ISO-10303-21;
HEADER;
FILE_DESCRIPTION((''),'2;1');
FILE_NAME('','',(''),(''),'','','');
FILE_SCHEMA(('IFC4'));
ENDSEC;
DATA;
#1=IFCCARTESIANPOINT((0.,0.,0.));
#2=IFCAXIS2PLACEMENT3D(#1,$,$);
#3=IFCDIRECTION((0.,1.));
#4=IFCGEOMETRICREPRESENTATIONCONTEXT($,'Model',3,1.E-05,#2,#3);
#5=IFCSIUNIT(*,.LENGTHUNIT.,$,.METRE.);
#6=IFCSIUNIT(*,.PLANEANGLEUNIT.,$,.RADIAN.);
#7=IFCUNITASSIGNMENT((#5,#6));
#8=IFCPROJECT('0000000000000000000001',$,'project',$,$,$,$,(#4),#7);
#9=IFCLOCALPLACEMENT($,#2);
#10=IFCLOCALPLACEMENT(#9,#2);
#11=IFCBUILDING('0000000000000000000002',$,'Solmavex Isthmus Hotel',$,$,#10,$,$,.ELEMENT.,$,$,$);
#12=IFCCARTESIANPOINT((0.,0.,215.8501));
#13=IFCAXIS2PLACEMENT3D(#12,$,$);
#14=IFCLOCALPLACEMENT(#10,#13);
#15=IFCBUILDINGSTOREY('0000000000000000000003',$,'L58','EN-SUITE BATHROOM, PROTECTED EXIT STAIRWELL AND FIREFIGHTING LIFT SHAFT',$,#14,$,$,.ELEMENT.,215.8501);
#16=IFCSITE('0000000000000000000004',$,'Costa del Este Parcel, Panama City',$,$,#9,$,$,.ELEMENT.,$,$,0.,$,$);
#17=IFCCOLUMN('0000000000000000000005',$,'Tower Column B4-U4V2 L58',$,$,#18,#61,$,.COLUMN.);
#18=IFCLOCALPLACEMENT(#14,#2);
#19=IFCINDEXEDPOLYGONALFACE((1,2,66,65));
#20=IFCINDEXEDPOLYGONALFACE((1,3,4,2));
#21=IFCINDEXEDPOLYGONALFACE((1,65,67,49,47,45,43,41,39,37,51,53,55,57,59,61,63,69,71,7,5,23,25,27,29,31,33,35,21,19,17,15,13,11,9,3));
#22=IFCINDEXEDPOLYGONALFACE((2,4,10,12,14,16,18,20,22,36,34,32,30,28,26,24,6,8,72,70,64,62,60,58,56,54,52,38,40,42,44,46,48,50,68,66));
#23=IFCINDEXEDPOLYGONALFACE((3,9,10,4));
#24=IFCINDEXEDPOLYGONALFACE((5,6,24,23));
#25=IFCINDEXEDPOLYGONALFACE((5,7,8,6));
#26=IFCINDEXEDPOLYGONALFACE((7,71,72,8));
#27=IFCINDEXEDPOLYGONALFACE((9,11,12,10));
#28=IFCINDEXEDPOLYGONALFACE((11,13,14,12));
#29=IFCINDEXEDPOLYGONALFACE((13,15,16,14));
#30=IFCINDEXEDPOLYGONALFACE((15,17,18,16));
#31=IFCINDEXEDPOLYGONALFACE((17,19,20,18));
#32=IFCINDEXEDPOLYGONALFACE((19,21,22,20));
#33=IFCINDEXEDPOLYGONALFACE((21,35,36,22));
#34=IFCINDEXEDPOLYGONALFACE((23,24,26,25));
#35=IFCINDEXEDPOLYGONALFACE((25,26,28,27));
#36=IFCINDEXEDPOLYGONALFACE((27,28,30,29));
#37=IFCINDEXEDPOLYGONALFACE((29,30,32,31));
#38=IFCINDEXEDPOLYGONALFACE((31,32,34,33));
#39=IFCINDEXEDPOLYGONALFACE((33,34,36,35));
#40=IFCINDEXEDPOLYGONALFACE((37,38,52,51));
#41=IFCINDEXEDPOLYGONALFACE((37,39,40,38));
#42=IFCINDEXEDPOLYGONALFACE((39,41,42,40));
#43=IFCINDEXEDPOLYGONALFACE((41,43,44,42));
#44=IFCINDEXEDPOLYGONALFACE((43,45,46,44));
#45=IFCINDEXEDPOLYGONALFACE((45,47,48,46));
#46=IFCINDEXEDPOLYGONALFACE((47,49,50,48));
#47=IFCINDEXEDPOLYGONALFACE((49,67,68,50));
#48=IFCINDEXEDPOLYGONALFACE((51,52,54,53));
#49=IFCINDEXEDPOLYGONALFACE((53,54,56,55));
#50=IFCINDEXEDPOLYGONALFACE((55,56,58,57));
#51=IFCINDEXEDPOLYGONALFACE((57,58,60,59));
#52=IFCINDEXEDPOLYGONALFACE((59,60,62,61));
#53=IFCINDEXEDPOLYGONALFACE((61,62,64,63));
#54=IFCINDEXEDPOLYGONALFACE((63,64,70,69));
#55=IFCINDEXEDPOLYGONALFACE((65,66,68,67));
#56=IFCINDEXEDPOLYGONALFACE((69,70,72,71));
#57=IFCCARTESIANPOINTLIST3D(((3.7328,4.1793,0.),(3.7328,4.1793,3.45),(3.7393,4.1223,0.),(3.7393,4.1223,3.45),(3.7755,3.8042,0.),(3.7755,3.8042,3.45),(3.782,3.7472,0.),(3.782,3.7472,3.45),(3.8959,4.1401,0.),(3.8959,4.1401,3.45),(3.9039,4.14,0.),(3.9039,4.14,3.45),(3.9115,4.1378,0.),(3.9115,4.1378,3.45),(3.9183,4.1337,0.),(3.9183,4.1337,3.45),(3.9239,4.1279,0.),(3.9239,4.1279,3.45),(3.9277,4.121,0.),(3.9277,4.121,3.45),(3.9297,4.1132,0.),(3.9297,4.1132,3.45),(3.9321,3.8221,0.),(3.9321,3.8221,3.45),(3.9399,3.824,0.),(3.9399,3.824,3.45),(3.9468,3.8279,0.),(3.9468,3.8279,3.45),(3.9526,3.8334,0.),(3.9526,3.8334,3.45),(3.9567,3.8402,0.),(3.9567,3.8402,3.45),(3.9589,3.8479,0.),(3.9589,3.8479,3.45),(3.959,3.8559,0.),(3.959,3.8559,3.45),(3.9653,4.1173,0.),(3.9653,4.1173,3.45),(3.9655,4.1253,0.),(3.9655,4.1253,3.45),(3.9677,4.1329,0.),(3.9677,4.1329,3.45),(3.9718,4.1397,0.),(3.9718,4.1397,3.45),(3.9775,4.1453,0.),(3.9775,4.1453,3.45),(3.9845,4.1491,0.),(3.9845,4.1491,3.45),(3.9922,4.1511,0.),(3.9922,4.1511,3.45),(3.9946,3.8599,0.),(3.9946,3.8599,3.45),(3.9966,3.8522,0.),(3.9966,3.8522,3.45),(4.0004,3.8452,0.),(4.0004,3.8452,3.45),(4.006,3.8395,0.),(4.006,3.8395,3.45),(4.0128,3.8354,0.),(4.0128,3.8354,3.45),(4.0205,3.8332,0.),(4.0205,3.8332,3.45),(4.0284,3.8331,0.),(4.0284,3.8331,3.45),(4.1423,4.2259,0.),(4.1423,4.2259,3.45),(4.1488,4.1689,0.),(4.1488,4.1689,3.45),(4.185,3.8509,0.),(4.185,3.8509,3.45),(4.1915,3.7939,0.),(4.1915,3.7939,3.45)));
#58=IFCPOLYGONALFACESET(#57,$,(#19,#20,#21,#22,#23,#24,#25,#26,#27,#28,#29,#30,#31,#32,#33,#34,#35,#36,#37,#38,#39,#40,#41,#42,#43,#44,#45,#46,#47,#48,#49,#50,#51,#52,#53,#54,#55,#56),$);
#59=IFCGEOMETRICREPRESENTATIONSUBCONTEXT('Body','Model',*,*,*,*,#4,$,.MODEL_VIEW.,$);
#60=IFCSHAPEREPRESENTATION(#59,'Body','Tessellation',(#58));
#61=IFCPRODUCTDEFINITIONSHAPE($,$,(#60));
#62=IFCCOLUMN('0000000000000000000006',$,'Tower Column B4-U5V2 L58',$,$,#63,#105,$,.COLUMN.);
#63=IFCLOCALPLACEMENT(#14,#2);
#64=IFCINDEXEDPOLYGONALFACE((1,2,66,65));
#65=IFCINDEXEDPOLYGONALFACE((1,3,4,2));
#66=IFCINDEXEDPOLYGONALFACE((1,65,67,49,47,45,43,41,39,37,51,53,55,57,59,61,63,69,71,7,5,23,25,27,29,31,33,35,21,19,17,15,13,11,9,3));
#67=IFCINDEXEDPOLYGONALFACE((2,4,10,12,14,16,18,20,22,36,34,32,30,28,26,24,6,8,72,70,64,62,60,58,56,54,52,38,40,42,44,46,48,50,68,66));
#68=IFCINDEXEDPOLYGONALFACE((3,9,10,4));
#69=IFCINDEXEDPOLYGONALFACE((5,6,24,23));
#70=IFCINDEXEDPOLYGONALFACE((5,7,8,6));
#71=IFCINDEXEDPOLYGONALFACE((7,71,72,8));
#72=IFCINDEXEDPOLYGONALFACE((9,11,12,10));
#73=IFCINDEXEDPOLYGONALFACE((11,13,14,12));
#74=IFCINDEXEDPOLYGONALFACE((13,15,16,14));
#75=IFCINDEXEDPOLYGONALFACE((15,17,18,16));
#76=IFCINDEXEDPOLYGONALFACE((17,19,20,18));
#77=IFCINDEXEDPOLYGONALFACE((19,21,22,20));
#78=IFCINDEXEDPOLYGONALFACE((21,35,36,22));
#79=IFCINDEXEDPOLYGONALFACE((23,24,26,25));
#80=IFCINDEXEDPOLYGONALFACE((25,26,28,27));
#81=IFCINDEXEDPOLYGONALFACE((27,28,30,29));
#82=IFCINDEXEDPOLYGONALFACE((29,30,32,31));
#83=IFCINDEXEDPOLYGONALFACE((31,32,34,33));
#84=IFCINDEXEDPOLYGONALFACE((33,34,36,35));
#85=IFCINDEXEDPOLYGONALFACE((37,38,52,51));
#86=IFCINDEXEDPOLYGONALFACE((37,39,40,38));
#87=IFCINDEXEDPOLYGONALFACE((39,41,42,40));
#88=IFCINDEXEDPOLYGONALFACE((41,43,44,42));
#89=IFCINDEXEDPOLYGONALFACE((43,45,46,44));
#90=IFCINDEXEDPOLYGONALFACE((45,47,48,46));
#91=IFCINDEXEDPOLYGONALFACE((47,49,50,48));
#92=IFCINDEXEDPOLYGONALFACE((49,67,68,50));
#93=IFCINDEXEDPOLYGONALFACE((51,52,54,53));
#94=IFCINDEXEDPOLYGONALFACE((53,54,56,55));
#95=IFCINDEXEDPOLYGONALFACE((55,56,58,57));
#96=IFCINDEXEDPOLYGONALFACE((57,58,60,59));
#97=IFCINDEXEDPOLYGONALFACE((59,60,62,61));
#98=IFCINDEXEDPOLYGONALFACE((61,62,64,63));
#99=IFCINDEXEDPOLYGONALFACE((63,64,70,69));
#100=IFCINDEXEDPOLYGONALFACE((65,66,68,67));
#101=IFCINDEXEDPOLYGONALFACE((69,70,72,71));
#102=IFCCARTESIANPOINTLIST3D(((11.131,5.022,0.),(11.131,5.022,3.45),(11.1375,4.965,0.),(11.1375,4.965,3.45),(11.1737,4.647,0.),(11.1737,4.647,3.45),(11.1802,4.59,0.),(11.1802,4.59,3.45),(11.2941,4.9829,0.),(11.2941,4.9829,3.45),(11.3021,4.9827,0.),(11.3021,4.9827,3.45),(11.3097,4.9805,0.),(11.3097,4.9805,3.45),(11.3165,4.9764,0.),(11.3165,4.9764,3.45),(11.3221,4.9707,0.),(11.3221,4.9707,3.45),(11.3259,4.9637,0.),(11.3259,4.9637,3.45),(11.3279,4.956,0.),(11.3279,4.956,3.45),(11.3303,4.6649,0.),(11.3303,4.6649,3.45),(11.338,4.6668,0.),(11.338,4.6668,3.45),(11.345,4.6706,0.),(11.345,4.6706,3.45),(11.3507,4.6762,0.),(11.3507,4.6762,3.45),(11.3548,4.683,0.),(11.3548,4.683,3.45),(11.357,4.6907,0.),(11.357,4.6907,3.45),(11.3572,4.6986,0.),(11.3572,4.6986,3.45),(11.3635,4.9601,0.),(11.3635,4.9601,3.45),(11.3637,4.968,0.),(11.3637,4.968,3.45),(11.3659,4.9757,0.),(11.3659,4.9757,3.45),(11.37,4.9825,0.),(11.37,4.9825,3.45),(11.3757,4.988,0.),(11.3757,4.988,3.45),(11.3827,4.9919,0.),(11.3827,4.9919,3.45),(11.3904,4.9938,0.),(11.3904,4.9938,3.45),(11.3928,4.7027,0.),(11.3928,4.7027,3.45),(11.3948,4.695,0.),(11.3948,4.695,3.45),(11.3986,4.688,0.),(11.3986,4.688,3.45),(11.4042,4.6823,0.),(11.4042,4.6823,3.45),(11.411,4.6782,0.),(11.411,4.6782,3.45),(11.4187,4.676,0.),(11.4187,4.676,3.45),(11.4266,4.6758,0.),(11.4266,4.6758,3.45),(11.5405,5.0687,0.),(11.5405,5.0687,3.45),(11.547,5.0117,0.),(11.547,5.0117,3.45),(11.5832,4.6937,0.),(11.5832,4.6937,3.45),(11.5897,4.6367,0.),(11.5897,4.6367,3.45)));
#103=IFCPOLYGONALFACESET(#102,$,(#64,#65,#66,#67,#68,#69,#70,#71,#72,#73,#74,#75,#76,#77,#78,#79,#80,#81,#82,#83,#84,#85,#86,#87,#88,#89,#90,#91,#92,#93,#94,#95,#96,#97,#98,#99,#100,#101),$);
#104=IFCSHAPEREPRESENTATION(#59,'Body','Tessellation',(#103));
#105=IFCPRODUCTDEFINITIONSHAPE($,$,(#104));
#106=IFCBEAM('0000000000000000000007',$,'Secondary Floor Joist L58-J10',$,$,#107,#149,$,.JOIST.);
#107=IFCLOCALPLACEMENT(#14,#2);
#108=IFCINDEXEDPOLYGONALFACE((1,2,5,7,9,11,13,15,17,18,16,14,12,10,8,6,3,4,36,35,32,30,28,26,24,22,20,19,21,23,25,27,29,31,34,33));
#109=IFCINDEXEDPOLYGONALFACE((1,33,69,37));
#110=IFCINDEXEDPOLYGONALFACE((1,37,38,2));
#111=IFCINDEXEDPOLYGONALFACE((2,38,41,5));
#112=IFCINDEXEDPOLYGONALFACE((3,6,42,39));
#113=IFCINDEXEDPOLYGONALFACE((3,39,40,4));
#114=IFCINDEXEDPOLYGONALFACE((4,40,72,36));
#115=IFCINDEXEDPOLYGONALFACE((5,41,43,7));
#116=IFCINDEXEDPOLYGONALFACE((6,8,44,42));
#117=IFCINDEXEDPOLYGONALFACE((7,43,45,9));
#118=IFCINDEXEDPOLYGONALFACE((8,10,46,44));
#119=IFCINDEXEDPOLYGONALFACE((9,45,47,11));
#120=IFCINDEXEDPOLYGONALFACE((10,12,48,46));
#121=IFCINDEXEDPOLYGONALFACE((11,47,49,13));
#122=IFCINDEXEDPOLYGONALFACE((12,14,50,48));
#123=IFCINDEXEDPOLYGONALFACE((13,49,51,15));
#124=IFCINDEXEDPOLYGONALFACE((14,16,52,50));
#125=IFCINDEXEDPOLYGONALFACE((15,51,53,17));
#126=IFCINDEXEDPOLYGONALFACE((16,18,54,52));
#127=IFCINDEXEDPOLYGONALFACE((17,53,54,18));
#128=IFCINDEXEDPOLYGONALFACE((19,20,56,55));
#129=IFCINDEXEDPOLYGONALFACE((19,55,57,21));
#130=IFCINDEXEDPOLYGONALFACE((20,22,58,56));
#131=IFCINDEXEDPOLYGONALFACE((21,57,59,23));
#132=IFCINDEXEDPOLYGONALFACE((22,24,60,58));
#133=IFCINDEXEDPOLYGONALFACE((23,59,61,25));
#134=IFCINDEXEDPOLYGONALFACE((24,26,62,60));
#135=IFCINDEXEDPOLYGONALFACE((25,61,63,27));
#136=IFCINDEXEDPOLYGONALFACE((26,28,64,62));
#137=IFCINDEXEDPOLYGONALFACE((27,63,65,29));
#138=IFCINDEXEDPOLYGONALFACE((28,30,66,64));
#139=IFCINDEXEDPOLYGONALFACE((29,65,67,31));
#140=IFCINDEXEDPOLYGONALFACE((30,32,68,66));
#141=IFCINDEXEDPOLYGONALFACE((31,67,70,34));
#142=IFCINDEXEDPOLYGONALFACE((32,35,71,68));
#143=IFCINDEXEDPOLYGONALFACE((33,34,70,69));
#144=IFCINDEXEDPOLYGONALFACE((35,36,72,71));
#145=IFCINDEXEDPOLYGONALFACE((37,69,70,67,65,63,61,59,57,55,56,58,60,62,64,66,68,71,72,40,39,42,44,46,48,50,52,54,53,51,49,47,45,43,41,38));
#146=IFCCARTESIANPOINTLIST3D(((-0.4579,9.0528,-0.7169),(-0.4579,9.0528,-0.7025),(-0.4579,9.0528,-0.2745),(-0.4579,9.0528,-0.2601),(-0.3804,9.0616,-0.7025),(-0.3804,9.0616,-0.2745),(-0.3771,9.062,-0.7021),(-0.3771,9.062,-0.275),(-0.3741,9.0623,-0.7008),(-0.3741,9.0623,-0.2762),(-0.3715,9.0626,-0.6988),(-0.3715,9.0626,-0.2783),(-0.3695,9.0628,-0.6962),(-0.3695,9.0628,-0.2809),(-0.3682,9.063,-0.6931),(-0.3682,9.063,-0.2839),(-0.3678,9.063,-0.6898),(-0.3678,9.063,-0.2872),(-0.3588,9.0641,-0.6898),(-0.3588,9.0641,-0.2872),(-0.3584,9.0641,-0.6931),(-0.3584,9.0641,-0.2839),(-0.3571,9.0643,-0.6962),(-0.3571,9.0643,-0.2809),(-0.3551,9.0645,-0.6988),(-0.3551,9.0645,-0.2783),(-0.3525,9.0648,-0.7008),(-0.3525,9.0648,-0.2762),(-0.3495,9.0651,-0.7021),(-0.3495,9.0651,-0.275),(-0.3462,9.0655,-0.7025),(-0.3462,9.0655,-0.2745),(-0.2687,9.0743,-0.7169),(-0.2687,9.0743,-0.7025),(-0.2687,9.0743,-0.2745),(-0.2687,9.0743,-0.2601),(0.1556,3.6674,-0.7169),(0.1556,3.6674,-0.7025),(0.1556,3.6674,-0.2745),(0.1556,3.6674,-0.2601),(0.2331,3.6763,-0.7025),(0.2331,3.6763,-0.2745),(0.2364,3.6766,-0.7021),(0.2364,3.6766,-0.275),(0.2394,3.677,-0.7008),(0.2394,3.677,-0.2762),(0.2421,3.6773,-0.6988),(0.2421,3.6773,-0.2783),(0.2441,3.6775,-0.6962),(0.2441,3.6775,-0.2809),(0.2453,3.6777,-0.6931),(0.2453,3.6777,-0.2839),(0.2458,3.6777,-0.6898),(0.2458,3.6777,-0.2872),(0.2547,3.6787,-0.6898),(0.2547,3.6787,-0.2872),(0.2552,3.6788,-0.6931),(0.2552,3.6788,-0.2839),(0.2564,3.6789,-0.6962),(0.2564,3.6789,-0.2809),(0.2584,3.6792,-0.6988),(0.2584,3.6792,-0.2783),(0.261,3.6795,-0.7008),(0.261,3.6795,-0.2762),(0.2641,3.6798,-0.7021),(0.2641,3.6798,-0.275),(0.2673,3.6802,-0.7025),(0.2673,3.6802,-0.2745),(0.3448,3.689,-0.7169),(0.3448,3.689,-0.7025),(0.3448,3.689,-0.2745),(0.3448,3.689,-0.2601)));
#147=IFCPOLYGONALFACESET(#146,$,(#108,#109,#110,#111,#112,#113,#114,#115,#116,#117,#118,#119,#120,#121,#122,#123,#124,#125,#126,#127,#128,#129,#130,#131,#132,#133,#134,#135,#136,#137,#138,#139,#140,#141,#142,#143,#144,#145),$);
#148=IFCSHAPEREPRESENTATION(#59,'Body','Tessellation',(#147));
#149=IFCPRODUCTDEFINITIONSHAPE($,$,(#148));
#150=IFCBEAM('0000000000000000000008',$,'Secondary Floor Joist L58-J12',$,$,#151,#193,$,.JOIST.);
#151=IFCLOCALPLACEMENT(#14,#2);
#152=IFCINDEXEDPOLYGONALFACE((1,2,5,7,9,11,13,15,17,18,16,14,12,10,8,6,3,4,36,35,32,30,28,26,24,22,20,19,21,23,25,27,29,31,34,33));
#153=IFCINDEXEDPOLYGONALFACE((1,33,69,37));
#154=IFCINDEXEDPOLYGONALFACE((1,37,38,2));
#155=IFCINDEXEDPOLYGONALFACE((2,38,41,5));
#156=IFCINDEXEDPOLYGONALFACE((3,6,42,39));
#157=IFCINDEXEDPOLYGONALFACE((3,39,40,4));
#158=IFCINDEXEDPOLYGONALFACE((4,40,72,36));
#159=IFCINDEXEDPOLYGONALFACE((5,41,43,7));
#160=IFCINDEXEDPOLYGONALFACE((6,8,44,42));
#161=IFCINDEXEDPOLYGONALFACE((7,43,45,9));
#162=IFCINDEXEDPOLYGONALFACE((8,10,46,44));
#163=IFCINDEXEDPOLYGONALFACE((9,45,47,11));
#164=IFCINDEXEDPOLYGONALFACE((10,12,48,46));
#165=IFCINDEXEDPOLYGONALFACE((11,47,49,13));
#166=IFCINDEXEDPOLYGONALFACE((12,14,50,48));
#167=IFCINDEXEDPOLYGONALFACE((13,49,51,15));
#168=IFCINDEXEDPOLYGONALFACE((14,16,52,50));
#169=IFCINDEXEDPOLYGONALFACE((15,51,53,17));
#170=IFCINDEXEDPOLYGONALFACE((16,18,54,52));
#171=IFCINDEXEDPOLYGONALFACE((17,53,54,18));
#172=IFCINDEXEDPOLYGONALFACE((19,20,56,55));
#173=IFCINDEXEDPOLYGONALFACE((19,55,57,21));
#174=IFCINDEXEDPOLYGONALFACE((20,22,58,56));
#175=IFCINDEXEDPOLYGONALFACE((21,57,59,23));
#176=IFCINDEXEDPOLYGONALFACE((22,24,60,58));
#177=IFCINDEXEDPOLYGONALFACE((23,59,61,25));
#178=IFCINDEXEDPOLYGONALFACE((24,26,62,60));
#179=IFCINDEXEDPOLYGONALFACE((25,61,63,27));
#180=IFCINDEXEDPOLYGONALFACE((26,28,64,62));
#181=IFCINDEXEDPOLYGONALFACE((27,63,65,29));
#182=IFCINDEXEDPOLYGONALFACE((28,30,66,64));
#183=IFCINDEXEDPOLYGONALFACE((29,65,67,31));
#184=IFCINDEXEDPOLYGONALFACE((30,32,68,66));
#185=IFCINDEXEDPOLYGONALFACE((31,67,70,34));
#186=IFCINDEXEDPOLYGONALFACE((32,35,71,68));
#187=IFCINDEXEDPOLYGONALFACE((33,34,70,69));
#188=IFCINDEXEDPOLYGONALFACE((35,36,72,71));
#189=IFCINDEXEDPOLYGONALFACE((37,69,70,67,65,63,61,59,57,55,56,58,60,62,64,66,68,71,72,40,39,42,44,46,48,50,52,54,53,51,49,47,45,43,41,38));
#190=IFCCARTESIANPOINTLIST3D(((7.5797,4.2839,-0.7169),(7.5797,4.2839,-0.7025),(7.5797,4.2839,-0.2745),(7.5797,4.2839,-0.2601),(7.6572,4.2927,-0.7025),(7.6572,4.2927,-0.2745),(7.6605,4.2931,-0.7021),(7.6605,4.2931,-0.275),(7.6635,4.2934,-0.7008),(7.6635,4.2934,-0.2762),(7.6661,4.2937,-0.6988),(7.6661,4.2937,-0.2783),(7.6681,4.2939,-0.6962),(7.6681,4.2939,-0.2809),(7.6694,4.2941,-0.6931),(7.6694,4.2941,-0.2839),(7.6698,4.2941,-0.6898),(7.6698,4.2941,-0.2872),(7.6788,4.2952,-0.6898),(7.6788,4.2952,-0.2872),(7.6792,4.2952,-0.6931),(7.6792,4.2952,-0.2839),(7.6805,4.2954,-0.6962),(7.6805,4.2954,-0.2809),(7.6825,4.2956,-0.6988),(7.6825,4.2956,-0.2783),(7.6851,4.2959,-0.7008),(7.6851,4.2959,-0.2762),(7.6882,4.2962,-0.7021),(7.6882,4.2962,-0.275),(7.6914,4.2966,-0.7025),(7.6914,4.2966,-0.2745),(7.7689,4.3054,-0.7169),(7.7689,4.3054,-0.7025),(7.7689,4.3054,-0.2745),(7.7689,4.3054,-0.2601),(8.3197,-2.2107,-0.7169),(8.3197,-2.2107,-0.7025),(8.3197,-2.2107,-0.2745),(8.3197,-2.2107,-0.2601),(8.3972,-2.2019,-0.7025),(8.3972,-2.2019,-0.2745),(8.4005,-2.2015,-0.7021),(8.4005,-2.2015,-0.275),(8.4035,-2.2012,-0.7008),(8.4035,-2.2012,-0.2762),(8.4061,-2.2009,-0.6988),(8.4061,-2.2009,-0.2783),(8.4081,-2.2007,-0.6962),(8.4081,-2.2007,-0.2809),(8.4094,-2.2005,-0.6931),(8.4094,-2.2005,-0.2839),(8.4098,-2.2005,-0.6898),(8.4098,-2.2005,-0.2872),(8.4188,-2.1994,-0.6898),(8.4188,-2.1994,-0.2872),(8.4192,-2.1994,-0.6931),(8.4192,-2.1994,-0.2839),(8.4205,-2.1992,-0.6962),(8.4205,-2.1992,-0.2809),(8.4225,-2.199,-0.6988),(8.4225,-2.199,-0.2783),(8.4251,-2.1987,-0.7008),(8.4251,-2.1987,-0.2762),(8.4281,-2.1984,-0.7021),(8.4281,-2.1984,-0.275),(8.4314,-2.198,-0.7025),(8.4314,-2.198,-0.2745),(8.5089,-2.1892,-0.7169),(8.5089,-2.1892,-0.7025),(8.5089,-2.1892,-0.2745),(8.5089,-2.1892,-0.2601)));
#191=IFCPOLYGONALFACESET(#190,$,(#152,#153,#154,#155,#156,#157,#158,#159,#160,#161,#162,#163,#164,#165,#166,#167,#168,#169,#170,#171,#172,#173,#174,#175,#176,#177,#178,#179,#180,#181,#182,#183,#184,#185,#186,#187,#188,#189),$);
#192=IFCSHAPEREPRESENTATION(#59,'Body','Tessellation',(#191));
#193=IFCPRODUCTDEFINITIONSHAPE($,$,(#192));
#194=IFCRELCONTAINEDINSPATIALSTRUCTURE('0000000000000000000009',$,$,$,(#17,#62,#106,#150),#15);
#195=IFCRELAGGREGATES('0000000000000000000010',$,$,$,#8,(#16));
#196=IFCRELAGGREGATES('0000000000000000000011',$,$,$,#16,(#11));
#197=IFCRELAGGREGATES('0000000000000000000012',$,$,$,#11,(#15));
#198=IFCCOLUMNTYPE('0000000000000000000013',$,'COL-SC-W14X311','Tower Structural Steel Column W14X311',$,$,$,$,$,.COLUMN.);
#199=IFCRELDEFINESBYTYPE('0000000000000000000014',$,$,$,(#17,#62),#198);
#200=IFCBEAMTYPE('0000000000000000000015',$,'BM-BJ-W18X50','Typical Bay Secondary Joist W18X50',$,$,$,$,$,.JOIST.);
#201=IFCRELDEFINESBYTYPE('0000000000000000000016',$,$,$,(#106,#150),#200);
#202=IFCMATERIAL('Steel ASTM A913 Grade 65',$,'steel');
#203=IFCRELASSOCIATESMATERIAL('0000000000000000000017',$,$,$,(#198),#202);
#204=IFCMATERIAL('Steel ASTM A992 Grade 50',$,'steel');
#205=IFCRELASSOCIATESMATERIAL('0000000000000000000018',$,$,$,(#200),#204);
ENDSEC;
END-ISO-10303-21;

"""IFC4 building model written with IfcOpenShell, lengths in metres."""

from ifc_helpers import new_model, si_unit, direction, frame, origin, origin_2d, place, context, subcontext, project, spatial, i_section, extrude, material, material_profile, profile_set, type_object, element, save


model = new_model("IFC4")

# Units and contexts
model_context = context("Model", 3, precision=1e-05, world=origin(), true_north=direction((0.0, 1.0)))
body_context = subcontext(model_context, "Body", "Model", "MODEL_VIEW")
ifc_project = project(units=[si_unit("LENGTHUNIT", "METRE"), si_unit("PLANEANGLEUNIT", "RADIAN")], contexts=[model_context])

# Site, building, storey
site_placement = place(None, origin())
site = spatial("IfcSite", under=ifc_project, at=site_placement, Name="Costa del Este Parcel, Panama City", CompositionType="ELEMENT", RefElevation=0.0)
building_placement = place(site_placement, origin())
building = spatial("IfcBuilding", under=site, at=building_placement, Name="Solmavex Isthmus Hotel", CompositionType="ELEMENT")
storey_placement = place(building_placement, frame((0.0, 0.0, 215.8501)))
storey = spatial("IfcBuildingStorey", under=building, at=storey_placement, Name="L58", Description="EN-SUITE BATHROOM, PROTECTED EXIT STAIRWELL AND FIREFIGHTING LIFT SHAFT", CompositionType="ELEMENT", Elevation=215.8501)

# Columns
ifc_material_1 = material(Name="Steel ASTM A913 Grade 65", Category="steel")
ifc_material_profile_1 = material_profile(ifc_material_1, i_section(OverallWidth=0.4121, OverallDepth=0.4348, WebThickness=0.0359, FlangeThickness=0.0574, FilletRadius=0.0305, at=origin_2d()), Name="W14X311")
ifc_profile_set_1 = profile_set([ifc_material_profile_1], Name="Steel ASTM A913 Grade 65")
column_type = type_object("IfcColumnType", Name="COL-SC-W14X311", Description="Tower Structural Steel Column W14X311", PredefinedType="COLUMN", material=ifc_profile_set_1)
for number, where, z_axis, x_axis, name in (
    (1, (3.9622, 3.9866, 0.0), (0.0, 0.0, 1.0), (0.993572, 0.113203, 0.0), "Tower Column B4-U4V2 L58"),
    (2, (11.3604, 4.8293, 0.0), (0.0, 0.0, 1.0), (0.993572, 0.113203, 0.0), "Tower Column B4-U5V2 L58"),
):
    element("IfcColumn", number, at=place(storey_placement, frame(where, z_axis=z_axis, x_axis=x_axis)), inside=storey, type_object=column_type, Name=name, PredefinedType="COLUMN", context=body_context, shape_type="SweptSolid", body=[
        extrude(i_section(OverallWidth=0.4121, OverallDepth=0.4348, WebThickness=0.0359, FlangeThickness=0.0574, FilletRadius=0.0305, at=origin_2d()), origin(), (0.0, 0.0, 1.0), 3.45),
    ])

# Beams
ifc_material_2 = material(Name="Steel ASTM A992 Grade 50", Category="steel")
ifc_material_profile_2 = material_profile(ifc_material_2, i_section(OverallWidth=0.1904, OverallDepth=0.4568, WebThickness=0.009, FlangeThickness=0.0144, FilletRadius=0.0127, at=origin_2d()), Name="W18X50")
ifc_profile_set_2 = profile_set([ifc_material_profile_2], Name="Steel ASTM A992 Grade 50")
beam_type_1 = type_object("IfcBeamType", Name="BM-BJ-W18X50", Description="Typical Bay Secondary Joist W18X50", PredefinedType="JOIST", material=ifc_profile_set_2)
beam_1_placement = place(storey_placement, frame((0.2502, 3.6782, -0.4885), z_axis=(-0.113195, 0.993573, 0.0), x_axis=(-0.993573, -0.113195, 0.0)))
element("IfcBeam", 3, at=beam_1_placement, inside=storey, type_object=beam_type_1, Name="Secondary Floor Joist L58-J10", PredefinedType="JOIST", context=body_context, shape_type="SweptSolid", body=[
    extrude(i_section(OverallWidth=0.1904, OverallDepth=0.4568, WebThickness=0.009, FlangeThickness=0.0144, FilletRadius=0.0127, at=origin_2d()), origin(), (0.0, 0.0, 1.0), 5.4202),
])
beam_2_placement = place(storey_placement, frame((8.4143, -2.2, -0.4885), z_axis=(-0.113206, 0.993571, 0.0), x_axis=(-0.993571, -0.113206, 0.0)))
element("IfcBeam", 4, at=beam_2_placement, inside=storey, type_object=beam_type_1, Name="Secondary Floor Joist L58-J12", PredefinedType="JOIST", context=body_context, shape_type="SweptSolid", body=[
    extrude(i_section(OverallWidth=0.1904, OverallDepth=0.4568, WebThickness=0.009, FlangeThickness=0.0144, FilletRadius=0.0127, at=origin_2d()), origin(), (0.0, 0.0, 1.0), 6.5366),
])

save(model, "model.ifc")
